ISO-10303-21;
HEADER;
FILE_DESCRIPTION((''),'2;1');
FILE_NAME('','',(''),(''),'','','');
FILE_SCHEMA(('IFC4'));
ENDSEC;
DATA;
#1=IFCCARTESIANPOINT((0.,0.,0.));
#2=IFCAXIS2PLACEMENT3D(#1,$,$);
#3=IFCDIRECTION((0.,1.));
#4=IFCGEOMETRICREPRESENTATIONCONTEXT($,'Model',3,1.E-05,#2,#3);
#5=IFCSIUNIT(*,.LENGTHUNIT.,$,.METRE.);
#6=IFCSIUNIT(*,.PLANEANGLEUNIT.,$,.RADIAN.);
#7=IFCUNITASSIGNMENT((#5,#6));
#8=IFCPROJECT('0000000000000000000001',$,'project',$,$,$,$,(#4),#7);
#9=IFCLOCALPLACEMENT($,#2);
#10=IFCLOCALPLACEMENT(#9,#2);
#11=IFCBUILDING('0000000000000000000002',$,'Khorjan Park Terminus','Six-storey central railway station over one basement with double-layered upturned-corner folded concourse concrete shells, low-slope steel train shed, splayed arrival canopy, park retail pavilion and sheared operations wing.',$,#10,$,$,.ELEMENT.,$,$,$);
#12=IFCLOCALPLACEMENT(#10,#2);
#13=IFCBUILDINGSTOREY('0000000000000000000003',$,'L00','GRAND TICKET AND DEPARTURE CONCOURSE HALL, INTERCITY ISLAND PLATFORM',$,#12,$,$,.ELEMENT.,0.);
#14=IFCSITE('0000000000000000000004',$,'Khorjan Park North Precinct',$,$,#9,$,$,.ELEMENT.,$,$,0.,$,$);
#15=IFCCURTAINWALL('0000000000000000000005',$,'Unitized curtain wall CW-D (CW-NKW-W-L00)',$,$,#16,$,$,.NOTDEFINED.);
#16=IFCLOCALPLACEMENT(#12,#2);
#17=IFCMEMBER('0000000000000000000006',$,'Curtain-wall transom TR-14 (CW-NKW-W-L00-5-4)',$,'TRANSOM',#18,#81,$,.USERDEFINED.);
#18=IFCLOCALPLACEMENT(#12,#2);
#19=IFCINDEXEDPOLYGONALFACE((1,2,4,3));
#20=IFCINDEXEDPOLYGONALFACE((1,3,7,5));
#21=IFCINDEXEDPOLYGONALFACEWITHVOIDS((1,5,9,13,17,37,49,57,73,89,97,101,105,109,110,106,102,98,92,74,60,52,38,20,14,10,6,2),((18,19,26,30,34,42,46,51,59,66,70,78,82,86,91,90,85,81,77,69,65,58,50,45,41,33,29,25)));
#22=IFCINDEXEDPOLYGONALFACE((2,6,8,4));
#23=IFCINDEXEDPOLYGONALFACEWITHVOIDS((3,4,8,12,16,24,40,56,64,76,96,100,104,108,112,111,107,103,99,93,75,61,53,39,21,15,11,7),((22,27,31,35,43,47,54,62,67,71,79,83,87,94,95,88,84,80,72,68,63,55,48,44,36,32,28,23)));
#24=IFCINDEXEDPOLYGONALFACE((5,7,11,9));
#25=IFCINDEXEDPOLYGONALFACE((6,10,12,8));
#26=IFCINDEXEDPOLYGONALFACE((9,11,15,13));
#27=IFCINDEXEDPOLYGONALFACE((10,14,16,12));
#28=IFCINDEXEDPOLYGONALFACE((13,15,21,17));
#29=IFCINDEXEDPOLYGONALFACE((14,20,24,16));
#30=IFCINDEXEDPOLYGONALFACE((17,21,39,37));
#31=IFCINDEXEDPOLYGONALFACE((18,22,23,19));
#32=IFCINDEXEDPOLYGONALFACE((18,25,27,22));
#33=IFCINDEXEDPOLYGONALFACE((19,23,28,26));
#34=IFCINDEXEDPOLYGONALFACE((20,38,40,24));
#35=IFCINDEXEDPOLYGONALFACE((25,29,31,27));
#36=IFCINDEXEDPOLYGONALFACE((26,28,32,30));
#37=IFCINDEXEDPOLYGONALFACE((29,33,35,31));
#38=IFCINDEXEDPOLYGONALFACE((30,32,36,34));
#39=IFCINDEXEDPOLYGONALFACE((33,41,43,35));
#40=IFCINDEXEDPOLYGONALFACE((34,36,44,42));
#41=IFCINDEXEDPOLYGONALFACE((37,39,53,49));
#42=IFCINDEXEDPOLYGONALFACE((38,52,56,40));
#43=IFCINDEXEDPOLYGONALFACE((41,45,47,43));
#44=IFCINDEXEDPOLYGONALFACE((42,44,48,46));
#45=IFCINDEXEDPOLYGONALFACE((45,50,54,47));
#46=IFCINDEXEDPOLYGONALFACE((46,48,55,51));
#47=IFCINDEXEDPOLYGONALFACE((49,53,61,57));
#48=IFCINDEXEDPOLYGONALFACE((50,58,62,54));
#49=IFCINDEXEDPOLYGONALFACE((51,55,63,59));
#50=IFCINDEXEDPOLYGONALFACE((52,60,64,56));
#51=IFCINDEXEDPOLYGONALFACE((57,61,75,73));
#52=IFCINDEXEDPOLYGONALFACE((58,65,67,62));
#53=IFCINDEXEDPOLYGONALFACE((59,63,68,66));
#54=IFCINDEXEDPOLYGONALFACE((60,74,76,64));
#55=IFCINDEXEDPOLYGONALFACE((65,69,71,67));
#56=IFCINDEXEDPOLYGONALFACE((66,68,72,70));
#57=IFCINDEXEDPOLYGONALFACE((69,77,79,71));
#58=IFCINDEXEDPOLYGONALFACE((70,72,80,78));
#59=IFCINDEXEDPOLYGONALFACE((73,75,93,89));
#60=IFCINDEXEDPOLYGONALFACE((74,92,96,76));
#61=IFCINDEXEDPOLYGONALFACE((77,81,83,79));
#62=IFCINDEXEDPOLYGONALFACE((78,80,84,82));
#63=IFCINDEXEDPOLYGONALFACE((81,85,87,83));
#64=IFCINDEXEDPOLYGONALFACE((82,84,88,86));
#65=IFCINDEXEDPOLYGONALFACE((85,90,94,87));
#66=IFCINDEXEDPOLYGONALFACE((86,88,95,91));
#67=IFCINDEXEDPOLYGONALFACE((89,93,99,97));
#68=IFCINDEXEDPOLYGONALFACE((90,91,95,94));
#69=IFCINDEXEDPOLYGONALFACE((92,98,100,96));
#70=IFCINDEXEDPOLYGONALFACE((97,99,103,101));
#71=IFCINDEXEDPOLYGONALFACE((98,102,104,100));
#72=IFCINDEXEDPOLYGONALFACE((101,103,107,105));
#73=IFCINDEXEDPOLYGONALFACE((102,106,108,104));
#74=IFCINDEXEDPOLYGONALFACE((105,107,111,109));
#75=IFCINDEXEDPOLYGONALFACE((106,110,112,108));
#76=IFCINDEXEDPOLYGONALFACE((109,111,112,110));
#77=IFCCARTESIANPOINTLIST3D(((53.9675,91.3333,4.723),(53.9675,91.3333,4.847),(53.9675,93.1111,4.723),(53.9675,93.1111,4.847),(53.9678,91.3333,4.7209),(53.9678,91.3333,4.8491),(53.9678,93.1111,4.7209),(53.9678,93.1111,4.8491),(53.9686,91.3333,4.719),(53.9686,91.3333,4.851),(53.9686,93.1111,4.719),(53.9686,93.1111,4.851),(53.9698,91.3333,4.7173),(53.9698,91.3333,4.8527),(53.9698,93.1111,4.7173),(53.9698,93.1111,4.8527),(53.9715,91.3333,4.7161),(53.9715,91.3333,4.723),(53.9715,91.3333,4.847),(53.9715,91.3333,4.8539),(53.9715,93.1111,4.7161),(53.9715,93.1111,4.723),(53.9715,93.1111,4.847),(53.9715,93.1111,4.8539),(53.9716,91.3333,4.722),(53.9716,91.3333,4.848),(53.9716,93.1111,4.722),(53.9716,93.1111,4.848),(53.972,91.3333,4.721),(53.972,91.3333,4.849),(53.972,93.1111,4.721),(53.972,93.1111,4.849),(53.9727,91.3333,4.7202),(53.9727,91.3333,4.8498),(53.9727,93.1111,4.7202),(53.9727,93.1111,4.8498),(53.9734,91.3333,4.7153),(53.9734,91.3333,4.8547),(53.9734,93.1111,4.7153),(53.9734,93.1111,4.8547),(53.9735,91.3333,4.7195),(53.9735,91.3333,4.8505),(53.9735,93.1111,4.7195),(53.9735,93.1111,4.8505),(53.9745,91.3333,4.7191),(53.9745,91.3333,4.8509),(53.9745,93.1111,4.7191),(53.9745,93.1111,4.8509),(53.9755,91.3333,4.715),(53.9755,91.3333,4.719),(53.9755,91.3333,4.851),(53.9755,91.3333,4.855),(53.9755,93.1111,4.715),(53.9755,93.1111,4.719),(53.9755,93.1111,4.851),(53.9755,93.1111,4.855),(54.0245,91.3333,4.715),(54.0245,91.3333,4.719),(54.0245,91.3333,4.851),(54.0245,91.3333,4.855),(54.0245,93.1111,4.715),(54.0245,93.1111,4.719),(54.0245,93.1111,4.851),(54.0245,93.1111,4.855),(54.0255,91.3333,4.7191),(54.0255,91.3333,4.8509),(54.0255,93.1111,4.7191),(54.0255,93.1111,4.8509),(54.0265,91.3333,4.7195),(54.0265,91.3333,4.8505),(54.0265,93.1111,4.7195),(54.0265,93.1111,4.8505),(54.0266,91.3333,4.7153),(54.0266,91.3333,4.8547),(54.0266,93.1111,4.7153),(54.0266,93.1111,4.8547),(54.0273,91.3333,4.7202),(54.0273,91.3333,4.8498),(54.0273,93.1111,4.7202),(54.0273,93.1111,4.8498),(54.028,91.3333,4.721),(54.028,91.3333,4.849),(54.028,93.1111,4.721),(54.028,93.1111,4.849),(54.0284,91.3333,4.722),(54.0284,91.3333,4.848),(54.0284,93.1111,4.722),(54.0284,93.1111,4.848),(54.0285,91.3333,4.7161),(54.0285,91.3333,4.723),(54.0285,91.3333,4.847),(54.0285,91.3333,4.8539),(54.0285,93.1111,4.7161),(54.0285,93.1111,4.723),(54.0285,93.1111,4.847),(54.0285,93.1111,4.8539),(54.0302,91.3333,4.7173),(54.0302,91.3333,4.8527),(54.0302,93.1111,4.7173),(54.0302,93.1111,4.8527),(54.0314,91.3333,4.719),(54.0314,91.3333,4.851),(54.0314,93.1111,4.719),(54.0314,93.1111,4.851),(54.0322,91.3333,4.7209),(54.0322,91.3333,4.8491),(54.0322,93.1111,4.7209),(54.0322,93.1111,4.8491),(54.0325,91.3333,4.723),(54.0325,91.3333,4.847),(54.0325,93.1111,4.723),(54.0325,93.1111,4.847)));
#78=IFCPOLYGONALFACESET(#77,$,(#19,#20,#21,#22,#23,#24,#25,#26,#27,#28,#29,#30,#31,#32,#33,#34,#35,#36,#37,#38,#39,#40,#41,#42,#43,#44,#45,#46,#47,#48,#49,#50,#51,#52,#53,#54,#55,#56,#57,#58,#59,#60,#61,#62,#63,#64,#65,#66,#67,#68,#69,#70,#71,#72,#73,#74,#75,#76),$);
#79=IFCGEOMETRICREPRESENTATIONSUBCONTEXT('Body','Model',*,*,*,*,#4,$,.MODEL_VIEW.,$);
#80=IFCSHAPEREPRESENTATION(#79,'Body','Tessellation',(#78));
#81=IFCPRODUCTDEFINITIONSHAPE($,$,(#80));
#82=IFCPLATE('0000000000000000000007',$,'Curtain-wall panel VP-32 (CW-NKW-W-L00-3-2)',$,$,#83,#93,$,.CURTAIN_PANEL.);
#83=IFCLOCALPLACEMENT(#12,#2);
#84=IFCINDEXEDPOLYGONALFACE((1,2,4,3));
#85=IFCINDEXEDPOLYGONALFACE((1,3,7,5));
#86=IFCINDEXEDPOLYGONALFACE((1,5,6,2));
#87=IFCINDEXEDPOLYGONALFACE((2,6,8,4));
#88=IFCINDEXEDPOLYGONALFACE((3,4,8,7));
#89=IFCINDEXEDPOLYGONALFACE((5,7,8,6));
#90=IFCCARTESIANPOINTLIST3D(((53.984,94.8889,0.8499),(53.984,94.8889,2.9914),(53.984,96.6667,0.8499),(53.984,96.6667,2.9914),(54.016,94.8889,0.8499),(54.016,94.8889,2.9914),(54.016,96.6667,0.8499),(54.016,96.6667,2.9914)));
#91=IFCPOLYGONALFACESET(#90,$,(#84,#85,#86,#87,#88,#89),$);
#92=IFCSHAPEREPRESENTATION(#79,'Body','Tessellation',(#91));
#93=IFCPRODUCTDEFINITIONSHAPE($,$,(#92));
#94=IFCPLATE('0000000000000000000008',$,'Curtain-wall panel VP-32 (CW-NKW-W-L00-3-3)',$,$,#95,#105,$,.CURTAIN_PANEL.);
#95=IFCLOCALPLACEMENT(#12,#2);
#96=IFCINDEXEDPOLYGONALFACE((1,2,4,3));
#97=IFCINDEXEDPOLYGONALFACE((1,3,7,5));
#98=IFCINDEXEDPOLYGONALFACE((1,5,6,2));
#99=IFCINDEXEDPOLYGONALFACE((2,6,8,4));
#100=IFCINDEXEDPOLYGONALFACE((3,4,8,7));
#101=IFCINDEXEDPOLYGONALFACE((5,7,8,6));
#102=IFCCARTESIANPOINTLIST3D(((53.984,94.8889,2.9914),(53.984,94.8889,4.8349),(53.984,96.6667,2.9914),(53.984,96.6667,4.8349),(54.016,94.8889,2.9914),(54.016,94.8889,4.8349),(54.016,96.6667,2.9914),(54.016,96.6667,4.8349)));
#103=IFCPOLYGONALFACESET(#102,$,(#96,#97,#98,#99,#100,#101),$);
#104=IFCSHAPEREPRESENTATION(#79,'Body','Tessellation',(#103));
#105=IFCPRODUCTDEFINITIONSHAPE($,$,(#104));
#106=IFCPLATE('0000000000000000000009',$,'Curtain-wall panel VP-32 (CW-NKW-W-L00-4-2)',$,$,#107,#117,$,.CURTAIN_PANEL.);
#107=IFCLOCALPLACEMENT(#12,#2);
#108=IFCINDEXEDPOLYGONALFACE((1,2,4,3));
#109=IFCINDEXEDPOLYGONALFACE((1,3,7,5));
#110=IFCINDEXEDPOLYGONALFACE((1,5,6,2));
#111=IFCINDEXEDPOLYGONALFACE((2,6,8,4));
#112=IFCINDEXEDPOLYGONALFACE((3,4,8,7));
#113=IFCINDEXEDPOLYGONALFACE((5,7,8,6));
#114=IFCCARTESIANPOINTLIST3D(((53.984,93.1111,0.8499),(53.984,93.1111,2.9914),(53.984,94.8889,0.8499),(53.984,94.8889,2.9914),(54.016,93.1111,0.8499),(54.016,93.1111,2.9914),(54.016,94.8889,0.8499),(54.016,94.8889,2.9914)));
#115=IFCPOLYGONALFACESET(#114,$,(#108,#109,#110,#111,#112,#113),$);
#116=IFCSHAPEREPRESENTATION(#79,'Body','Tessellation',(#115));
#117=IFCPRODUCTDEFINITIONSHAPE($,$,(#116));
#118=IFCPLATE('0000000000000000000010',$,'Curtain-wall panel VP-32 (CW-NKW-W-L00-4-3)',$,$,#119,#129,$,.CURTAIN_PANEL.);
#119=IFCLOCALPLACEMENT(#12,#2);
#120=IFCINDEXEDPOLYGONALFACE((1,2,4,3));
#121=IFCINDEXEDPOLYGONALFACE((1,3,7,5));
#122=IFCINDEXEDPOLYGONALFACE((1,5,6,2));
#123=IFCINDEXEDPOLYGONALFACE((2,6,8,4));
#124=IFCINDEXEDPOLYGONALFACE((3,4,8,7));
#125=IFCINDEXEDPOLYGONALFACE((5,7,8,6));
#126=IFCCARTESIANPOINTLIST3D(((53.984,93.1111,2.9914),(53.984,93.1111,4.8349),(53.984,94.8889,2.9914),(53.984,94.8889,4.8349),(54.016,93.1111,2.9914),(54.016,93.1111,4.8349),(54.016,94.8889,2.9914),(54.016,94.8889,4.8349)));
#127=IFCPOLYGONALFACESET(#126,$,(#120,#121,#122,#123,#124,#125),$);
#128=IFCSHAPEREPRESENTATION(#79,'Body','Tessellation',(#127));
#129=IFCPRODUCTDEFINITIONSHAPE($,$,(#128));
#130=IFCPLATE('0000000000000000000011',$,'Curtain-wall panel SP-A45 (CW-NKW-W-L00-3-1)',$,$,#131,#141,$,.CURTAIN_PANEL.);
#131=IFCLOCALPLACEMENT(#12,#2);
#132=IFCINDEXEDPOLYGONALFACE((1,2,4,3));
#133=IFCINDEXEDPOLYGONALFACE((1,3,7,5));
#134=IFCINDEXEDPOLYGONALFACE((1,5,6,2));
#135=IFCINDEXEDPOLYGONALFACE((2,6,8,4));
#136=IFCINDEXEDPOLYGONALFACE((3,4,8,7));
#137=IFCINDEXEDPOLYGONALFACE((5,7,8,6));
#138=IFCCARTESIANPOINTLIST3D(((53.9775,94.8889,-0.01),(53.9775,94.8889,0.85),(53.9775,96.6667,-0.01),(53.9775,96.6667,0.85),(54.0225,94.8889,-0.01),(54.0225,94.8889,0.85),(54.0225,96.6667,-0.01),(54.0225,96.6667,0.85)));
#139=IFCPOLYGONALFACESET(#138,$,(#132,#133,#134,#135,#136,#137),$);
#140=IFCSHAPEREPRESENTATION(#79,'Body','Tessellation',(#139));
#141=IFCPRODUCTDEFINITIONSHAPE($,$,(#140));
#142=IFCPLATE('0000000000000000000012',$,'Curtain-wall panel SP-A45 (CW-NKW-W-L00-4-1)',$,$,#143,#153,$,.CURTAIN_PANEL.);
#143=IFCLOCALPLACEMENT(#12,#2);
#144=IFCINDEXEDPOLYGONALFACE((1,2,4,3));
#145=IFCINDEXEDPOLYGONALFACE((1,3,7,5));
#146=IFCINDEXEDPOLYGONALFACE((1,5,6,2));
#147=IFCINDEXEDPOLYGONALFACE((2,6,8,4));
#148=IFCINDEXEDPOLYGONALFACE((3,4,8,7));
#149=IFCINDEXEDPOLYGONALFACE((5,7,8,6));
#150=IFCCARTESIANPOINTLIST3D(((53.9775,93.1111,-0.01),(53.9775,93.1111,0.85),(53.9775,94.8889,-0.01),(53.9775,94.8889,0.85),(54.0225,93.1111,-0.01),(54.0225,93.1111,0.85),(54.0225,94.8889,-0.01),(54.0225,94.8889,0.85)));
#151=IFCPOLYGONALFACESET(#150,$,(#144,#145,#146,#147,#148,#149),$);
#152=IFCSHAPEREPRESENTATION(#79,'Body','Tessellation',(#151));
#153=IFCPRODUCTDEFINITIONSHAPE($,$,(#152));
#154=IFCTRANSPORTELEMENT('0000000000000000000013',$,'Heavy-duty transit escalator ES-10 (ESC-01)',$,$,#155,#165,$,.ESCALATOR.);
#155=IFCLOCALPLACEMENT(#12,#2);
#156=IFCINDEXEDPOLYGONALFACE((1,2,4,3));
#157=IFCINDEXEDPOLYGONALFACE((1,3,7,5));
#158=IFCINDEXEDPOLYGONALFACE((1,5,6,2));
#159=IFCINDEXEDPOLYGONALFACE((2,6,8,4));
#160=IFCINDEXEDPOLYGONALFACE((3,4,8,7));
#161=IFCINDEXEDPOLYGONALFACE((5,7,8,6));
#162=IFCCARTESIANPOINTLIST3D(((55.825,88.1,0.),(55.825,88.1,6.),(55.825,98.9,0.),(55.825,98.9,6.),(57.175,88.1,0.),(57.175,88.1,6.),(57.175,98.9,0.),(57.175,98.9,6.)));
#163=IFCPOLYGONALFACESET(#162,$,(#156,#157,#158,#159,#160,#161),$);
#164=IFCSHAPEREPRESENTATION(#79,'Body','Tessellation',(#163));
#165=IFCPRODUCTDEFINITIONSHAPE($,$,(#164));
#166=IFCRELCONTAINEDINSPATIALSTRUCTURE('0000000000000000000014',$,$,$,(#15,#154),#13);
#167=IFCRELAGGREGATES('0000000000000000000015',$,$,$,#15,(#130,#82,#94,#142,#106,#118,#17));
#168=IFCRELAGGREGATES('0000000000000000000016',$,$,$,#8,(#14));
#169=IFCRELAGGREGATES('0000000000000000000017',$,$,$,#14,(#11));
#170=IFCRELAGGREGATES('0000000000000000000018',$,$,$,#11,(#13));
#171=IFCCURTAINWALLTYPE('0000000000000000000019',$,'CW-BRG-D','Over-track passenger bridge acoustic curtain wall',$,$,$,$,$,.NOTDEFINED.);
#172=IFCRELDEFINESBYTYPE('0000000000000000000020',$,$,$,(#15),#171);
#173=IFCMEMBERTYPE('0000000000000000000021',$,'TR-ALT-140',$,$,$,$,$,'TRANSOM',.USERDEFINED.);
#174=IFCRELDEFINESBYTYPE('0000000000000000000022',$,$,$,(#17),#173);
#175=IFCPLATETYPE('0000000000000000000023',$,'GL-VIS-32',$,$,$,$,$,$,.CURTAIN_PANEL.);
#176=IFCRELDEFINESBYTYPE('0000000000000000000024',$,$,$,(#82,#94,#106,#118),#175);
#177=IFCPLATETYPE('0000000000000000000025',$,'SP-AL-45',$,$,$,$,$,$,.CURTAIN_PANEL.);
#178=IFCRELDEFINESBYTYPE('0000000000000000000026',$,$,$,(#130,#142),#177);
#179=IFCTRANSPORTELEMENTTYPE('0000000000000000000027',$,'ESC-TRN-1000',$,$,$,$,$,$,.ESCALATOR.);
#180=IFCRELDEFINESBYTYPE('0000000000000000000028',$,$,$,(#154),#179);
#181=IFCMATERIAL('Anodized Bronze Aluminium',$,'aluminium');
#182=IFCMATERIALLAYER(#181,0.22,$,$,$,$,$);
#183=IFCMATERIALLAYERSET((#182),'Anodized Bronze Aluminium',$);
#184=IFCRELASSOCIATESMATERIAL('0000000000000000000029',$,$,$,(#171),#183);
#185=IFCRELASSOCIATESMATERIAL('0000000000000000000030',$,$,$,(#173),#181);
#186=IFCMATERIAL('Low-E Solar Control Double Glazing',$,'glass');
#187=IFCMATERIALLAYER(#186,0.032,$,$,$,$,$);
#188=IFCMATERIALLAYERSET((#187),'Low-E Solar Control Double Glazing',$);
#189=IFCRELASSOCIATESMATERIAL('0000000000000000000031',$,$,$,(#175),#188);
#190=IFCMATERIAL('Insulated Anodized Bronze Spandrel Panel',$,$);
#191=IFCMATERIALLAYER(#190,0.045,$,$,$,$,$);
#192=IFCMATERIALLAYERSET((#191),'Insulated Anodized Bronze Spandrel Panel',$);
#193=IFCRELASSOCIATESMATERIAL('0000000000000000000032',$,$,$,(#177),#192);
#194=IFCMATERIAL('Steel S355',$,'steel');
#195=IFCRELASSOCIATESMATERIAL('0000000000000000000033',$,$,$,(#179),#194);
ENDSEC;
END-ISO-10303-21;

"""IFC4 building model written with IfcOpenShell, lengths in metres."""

from ifc_helpers import new_model, si_unit, direction, frame, origin, origin_2d, place, context, subcontext, project, spatial, rectangle, hollow_rectangle, extrude, material, layer, layer_set, material_profile, profile_set, type_object, element, aggregate, save


model = new_model("IFC4")

# Units and contexts
model_context = context("Model", 3, precision=1e-05, world=origin(), true_north=direction((0.0, 1.0)))
body_context = subcontext(model_context, "Body", "Model", "MODEL_VIEW")
ifc_project = project(units=[si_unit("LENGTHUNIT", "METRE"), si_unit("PLANEANGLEUNIT", "RADIAN")], contexts=[model_context])

# Site, building, storey
site_placement = place(None, origin())
site = spatial("IfcSite", under=ifc_project, at=site_placement, Name="Khorjan Park North Precinct", CompositionType="ELEMENT", RefElevation=0.0)
building_placement = place(site_placement, origin())
building = spatial("IfcBuilding", under=site, at=building_placement, Name="Khorjan Park Terminus", Description="Six-storey central railway station over one basement with double-layered upturned-corner folded concourse concrete shells, low-slope steel train shed, splayed arrival canopy, park retail pavilion and sheared operations wing.", CompositionType="ELEMENT")
storey_placement = place(building_placement, origin())
storey = spatial("IfcBuildingStorey", under=building, at=storey_placement, Name="L00", Description="GRAND TICKET AND DEPARTURE CONCOURSE HALL, INTERCITY ISLAND PLATFORM", CompositionType="ELEMENT", Elevation=0.0)

# Shared definitions
ifc_material_1 = material(Name="Steel S355", Category="steel")

# Curtain wall, member, plates
ifc_material_2 = material(Name="Anodized Bronze Aluminium", Category="aluminium")
ifc_layer_1 = layer(ifc_material_2, 0.22)
ifc_layer_set_1 = layer_set([ifc_layer_1], Name="Anodized Bronze Aluminium")
curtain_wall_type = type_object("IfcCurtainWallType", Name="CW-BRG-D", Description="Over-track passenger bridge acoustic curtain wall", PredefinedType="NOTDEFINED", material=ifc_layer_set_1)
curtain_wall_placement = place(storey_placement, origin())
curtain_wall = element("IfcCurtainWall", 1, at=curtain_wall_placement, inside=storey, type_object=curtain_wall_type, Name="Unitized curtain wall CW-D (CW-NKW-W-L00)", PredefinedType="NOTDEFINED")
ifc_material_profile_1 = material_profile(ifc_material_2, hollow_rectangle(XDim=0.065, YDim=0.14, WallThickness=0.004, InnerFilletRadius=0.004, OuterFilletRadius=0.008, at=origin_2d()), Name="ALT 65x140x4")
ifc_profile_set_1 = profile_set([ifc_material_profile_1], Name="Anodized Bronze Aluminium")
member_type_1 = type_object("IfcMemberType", Name="TR-ALT-140", ElementType="TRANSOM", PredefinedType="USERDEFINED", material=ifc_profile_set_1)
member_1_placement = place(storey_placement, frame((54.0, 93.1111, 4.785), z_axis=(0.0, -1.0, 0.0), x_axis=(1.0, 0.0, 0.0)))
member_1 = element("IfcMember", 2, at=member_1_placement, type_object=member_type_1, Name="Curtain-wall transom TR-14 (CW-NKW-W-L00-5-4)", ObjectType="TRANSOM", PredefinedType="USERDEFINED", context=body_context, shape_type="SweptSolid", body=[
    extrude(hollow_rectangle(XDim=0.065, YDim=0.14, WallThickness=0.004, InnerFilletRadius=0.004, OuterFilletRadius=0.008, at=origin_2d()), origin(), (0.0, 0.0, 1.0), 1.7778),
])
ifc_material_3 = material(Name="Low-E Solar Control Double Glazing", Category="glass")
ifc_layer_2 = layer(ifc_material_3, 0.032)
ifc_layer_set_2 = layer_set([ifc_layer_2], Name="Low-E Solar Control Double Glazing")
plate_type_1 = type_object("IfcPlateType", Name="GL-VIS-32", PredefinedType="CURTAIN_PANEL", material=ifc_layer_set_2)
plate_1_placement = place(storey_placement, frame((54.0, 95.7778, 0.8499), z_axis=(0.0, 0.0, 1.0), x_axis=(0.0, -1.0, 0.0)))
plate_1 = element("IfcPlate", 3, at=plate_1_placement, type_object=plate_type_1, Name="Curtain-wall panel VP-32 (CW-NKW-W-L00-3-2)", PredefinedType="CURTAIN_PANEL", context=body_context, shape_type="SweptSolid", body=[
    extrude(rectangle(XDim=1.7778, YDim=0.032, at=origin_2d()), origin(), (0.0, 0.0, 1.0), 2.1415),
])
plate_2_placement = place(storey_placement, frame((54.0, 95.7778, 2.9914), z_axis=(0.0, 0.0, 1.0), x_axis=(0.0, -1.0, 0.0)))
plate_2 = element("IfcPlate", 4, at=plate_2_placement, type_object=plate_type_1, Name="Curtain-wall panel VP-32 (CW-NKW-W-L00-3-3)", PredefinedType="CURTAIN_PANEL", context=body_context, shape_type="SweptSolid", body=[
    extrude(rectangle(XDim=1.7778, YDim=0.032, at=origin_2d()), origin(), (0.0, 0.0, 1.0), 1.8435),
])
plate_3_placement = place(storey_placement, frame((54.0, 94.0, 0.8499), z_axis=(0.0, 0.0, 1.0), x_axis=(0.0, -1.0, 0.0)))
plate_3 = element("IfcPlate", 5, at=plate_3_placement, type_object=plate_type_1, Name="Curtain-wall panel VP-32 (CW-NKW-W-L00-4-2)", PredefinedType="CURTAIN_PANEL", context=body_context, shape_type="SweptSolid", body=[
    extrude(rectangle(XDim=1.7778, YDim=0.032, at=origin_2d()), origin(), (0.0, 0.0, 1.0), 2.1415),
])
plate_4_placement = place(storey_placement, frame((54.0, 94.0, 2.9914), z_axis=(0.0, 0.0, 1.0), x_axis=(0.0, -1.0, 0.0)))
plate_4 = element("IfcPlate", 6, at=plate_4_placement, type_object=plate_type_1, Name="Curtain-wall panel VP-32 (CW-NKW-W-L00-4-3)", PredefinedType="CURTAIN_PANEL", context=body_context, shape_type="SweptSolid", body=[
    extrude(rectangle(XDim=1.7778, YDim=0.032, at=origin_2d()), origin(), (0.0, 0.0, 1.0), 1.8435),
])
ifc_material_4 = material(Name="Insulated Anodized Bronze Spandrel Panel")
ifc_layer_3 = layer(ifc_material_4, 0.045)
ifc_layer_set_3 = layer_set([ifc_layer_3], Name="Insulated Anodized Bronze Spandrel Panel")
plate_type_2 = type_object("IfcPlateType", Name="SP-AL-45", PredefinedType="CURTAIN_PANEL", material=ifc_layer_set_3)
plate_5_placement = place(storey_placement, frame((54.0, 95.7778, -0.01), z_axis=(0.0, 0.0, 1.0), x_axis=(0.0, -1.0, 0.0)))
plate_5 = element("IfcPlate", 7, at=plate_5_placement, type_object=plate_type_2, Name="Curtain-wall panel SP-A45 (CW-NKW-W-L00-3-1)", PredefinedType="CURTAIN_PANEL", context=body_context, shape_type="SweptSolid", body=[
    extrude(rectangle(XDim=1.7778, YDim=0.045, at=origin_2d()), origin(), (0.0, 0.0, 1.0), 0.86),
])
plate_6_placement = place(storey_placement, frame((54.0, 94.0, -0.01), z_axis=(0.0, 0.0, 1.0), x_axis=(0.0, -1.0, 0.0)))
plate_6 = element("IfcPlate", 8, at=plate_6_placement, type_object=plate_type_2, Name="Curtain-wall panel SP-A45 (CW-NKW-W-L00-4-1)", PredefinedType="CURTAIN_PANEL", context=body_context, shape_type="SweptSolid", body=[
    extrude(rectangle(XDim=1.7778, YDim=0.045, at=origin_2d()), origin(), (0.0, 0.0, 1.0), 0.86),
])
aggregate(curtain_wall, [plate_5, plate_1, plate_2, plate_6, plate_3, plate_4, member_1])

# Transport element
transport_element_type = type_object("IfcTransportElementType", Name="ESC-TRN-1000", PredefinedType="ESCALATOR", material=ifc_material_1)
transport_element_placement = place(storey_placement, frame((56.5, 93.5, 0.0), z_axis=(0.0, 0.0, 1.0), x_axis=(1.0, 0.0, 0.0)))
element("IfcTransportElement", 9, at=transport_element_placement, inside=storey, type_object=transport_element_type, Name="Heavy-duty transit escalator ES-10 (ESC-01)", PredefinedType="ESCALATOR", context=body_context, shape_type="SweptSolid", body=[
    extrude(rectangle(XDim=1.35, YDim=10.8, at=origin_2d()), origin(), (0.0, 0.0, 1.0), 6.0),
])

save(model, "model.ifc")
